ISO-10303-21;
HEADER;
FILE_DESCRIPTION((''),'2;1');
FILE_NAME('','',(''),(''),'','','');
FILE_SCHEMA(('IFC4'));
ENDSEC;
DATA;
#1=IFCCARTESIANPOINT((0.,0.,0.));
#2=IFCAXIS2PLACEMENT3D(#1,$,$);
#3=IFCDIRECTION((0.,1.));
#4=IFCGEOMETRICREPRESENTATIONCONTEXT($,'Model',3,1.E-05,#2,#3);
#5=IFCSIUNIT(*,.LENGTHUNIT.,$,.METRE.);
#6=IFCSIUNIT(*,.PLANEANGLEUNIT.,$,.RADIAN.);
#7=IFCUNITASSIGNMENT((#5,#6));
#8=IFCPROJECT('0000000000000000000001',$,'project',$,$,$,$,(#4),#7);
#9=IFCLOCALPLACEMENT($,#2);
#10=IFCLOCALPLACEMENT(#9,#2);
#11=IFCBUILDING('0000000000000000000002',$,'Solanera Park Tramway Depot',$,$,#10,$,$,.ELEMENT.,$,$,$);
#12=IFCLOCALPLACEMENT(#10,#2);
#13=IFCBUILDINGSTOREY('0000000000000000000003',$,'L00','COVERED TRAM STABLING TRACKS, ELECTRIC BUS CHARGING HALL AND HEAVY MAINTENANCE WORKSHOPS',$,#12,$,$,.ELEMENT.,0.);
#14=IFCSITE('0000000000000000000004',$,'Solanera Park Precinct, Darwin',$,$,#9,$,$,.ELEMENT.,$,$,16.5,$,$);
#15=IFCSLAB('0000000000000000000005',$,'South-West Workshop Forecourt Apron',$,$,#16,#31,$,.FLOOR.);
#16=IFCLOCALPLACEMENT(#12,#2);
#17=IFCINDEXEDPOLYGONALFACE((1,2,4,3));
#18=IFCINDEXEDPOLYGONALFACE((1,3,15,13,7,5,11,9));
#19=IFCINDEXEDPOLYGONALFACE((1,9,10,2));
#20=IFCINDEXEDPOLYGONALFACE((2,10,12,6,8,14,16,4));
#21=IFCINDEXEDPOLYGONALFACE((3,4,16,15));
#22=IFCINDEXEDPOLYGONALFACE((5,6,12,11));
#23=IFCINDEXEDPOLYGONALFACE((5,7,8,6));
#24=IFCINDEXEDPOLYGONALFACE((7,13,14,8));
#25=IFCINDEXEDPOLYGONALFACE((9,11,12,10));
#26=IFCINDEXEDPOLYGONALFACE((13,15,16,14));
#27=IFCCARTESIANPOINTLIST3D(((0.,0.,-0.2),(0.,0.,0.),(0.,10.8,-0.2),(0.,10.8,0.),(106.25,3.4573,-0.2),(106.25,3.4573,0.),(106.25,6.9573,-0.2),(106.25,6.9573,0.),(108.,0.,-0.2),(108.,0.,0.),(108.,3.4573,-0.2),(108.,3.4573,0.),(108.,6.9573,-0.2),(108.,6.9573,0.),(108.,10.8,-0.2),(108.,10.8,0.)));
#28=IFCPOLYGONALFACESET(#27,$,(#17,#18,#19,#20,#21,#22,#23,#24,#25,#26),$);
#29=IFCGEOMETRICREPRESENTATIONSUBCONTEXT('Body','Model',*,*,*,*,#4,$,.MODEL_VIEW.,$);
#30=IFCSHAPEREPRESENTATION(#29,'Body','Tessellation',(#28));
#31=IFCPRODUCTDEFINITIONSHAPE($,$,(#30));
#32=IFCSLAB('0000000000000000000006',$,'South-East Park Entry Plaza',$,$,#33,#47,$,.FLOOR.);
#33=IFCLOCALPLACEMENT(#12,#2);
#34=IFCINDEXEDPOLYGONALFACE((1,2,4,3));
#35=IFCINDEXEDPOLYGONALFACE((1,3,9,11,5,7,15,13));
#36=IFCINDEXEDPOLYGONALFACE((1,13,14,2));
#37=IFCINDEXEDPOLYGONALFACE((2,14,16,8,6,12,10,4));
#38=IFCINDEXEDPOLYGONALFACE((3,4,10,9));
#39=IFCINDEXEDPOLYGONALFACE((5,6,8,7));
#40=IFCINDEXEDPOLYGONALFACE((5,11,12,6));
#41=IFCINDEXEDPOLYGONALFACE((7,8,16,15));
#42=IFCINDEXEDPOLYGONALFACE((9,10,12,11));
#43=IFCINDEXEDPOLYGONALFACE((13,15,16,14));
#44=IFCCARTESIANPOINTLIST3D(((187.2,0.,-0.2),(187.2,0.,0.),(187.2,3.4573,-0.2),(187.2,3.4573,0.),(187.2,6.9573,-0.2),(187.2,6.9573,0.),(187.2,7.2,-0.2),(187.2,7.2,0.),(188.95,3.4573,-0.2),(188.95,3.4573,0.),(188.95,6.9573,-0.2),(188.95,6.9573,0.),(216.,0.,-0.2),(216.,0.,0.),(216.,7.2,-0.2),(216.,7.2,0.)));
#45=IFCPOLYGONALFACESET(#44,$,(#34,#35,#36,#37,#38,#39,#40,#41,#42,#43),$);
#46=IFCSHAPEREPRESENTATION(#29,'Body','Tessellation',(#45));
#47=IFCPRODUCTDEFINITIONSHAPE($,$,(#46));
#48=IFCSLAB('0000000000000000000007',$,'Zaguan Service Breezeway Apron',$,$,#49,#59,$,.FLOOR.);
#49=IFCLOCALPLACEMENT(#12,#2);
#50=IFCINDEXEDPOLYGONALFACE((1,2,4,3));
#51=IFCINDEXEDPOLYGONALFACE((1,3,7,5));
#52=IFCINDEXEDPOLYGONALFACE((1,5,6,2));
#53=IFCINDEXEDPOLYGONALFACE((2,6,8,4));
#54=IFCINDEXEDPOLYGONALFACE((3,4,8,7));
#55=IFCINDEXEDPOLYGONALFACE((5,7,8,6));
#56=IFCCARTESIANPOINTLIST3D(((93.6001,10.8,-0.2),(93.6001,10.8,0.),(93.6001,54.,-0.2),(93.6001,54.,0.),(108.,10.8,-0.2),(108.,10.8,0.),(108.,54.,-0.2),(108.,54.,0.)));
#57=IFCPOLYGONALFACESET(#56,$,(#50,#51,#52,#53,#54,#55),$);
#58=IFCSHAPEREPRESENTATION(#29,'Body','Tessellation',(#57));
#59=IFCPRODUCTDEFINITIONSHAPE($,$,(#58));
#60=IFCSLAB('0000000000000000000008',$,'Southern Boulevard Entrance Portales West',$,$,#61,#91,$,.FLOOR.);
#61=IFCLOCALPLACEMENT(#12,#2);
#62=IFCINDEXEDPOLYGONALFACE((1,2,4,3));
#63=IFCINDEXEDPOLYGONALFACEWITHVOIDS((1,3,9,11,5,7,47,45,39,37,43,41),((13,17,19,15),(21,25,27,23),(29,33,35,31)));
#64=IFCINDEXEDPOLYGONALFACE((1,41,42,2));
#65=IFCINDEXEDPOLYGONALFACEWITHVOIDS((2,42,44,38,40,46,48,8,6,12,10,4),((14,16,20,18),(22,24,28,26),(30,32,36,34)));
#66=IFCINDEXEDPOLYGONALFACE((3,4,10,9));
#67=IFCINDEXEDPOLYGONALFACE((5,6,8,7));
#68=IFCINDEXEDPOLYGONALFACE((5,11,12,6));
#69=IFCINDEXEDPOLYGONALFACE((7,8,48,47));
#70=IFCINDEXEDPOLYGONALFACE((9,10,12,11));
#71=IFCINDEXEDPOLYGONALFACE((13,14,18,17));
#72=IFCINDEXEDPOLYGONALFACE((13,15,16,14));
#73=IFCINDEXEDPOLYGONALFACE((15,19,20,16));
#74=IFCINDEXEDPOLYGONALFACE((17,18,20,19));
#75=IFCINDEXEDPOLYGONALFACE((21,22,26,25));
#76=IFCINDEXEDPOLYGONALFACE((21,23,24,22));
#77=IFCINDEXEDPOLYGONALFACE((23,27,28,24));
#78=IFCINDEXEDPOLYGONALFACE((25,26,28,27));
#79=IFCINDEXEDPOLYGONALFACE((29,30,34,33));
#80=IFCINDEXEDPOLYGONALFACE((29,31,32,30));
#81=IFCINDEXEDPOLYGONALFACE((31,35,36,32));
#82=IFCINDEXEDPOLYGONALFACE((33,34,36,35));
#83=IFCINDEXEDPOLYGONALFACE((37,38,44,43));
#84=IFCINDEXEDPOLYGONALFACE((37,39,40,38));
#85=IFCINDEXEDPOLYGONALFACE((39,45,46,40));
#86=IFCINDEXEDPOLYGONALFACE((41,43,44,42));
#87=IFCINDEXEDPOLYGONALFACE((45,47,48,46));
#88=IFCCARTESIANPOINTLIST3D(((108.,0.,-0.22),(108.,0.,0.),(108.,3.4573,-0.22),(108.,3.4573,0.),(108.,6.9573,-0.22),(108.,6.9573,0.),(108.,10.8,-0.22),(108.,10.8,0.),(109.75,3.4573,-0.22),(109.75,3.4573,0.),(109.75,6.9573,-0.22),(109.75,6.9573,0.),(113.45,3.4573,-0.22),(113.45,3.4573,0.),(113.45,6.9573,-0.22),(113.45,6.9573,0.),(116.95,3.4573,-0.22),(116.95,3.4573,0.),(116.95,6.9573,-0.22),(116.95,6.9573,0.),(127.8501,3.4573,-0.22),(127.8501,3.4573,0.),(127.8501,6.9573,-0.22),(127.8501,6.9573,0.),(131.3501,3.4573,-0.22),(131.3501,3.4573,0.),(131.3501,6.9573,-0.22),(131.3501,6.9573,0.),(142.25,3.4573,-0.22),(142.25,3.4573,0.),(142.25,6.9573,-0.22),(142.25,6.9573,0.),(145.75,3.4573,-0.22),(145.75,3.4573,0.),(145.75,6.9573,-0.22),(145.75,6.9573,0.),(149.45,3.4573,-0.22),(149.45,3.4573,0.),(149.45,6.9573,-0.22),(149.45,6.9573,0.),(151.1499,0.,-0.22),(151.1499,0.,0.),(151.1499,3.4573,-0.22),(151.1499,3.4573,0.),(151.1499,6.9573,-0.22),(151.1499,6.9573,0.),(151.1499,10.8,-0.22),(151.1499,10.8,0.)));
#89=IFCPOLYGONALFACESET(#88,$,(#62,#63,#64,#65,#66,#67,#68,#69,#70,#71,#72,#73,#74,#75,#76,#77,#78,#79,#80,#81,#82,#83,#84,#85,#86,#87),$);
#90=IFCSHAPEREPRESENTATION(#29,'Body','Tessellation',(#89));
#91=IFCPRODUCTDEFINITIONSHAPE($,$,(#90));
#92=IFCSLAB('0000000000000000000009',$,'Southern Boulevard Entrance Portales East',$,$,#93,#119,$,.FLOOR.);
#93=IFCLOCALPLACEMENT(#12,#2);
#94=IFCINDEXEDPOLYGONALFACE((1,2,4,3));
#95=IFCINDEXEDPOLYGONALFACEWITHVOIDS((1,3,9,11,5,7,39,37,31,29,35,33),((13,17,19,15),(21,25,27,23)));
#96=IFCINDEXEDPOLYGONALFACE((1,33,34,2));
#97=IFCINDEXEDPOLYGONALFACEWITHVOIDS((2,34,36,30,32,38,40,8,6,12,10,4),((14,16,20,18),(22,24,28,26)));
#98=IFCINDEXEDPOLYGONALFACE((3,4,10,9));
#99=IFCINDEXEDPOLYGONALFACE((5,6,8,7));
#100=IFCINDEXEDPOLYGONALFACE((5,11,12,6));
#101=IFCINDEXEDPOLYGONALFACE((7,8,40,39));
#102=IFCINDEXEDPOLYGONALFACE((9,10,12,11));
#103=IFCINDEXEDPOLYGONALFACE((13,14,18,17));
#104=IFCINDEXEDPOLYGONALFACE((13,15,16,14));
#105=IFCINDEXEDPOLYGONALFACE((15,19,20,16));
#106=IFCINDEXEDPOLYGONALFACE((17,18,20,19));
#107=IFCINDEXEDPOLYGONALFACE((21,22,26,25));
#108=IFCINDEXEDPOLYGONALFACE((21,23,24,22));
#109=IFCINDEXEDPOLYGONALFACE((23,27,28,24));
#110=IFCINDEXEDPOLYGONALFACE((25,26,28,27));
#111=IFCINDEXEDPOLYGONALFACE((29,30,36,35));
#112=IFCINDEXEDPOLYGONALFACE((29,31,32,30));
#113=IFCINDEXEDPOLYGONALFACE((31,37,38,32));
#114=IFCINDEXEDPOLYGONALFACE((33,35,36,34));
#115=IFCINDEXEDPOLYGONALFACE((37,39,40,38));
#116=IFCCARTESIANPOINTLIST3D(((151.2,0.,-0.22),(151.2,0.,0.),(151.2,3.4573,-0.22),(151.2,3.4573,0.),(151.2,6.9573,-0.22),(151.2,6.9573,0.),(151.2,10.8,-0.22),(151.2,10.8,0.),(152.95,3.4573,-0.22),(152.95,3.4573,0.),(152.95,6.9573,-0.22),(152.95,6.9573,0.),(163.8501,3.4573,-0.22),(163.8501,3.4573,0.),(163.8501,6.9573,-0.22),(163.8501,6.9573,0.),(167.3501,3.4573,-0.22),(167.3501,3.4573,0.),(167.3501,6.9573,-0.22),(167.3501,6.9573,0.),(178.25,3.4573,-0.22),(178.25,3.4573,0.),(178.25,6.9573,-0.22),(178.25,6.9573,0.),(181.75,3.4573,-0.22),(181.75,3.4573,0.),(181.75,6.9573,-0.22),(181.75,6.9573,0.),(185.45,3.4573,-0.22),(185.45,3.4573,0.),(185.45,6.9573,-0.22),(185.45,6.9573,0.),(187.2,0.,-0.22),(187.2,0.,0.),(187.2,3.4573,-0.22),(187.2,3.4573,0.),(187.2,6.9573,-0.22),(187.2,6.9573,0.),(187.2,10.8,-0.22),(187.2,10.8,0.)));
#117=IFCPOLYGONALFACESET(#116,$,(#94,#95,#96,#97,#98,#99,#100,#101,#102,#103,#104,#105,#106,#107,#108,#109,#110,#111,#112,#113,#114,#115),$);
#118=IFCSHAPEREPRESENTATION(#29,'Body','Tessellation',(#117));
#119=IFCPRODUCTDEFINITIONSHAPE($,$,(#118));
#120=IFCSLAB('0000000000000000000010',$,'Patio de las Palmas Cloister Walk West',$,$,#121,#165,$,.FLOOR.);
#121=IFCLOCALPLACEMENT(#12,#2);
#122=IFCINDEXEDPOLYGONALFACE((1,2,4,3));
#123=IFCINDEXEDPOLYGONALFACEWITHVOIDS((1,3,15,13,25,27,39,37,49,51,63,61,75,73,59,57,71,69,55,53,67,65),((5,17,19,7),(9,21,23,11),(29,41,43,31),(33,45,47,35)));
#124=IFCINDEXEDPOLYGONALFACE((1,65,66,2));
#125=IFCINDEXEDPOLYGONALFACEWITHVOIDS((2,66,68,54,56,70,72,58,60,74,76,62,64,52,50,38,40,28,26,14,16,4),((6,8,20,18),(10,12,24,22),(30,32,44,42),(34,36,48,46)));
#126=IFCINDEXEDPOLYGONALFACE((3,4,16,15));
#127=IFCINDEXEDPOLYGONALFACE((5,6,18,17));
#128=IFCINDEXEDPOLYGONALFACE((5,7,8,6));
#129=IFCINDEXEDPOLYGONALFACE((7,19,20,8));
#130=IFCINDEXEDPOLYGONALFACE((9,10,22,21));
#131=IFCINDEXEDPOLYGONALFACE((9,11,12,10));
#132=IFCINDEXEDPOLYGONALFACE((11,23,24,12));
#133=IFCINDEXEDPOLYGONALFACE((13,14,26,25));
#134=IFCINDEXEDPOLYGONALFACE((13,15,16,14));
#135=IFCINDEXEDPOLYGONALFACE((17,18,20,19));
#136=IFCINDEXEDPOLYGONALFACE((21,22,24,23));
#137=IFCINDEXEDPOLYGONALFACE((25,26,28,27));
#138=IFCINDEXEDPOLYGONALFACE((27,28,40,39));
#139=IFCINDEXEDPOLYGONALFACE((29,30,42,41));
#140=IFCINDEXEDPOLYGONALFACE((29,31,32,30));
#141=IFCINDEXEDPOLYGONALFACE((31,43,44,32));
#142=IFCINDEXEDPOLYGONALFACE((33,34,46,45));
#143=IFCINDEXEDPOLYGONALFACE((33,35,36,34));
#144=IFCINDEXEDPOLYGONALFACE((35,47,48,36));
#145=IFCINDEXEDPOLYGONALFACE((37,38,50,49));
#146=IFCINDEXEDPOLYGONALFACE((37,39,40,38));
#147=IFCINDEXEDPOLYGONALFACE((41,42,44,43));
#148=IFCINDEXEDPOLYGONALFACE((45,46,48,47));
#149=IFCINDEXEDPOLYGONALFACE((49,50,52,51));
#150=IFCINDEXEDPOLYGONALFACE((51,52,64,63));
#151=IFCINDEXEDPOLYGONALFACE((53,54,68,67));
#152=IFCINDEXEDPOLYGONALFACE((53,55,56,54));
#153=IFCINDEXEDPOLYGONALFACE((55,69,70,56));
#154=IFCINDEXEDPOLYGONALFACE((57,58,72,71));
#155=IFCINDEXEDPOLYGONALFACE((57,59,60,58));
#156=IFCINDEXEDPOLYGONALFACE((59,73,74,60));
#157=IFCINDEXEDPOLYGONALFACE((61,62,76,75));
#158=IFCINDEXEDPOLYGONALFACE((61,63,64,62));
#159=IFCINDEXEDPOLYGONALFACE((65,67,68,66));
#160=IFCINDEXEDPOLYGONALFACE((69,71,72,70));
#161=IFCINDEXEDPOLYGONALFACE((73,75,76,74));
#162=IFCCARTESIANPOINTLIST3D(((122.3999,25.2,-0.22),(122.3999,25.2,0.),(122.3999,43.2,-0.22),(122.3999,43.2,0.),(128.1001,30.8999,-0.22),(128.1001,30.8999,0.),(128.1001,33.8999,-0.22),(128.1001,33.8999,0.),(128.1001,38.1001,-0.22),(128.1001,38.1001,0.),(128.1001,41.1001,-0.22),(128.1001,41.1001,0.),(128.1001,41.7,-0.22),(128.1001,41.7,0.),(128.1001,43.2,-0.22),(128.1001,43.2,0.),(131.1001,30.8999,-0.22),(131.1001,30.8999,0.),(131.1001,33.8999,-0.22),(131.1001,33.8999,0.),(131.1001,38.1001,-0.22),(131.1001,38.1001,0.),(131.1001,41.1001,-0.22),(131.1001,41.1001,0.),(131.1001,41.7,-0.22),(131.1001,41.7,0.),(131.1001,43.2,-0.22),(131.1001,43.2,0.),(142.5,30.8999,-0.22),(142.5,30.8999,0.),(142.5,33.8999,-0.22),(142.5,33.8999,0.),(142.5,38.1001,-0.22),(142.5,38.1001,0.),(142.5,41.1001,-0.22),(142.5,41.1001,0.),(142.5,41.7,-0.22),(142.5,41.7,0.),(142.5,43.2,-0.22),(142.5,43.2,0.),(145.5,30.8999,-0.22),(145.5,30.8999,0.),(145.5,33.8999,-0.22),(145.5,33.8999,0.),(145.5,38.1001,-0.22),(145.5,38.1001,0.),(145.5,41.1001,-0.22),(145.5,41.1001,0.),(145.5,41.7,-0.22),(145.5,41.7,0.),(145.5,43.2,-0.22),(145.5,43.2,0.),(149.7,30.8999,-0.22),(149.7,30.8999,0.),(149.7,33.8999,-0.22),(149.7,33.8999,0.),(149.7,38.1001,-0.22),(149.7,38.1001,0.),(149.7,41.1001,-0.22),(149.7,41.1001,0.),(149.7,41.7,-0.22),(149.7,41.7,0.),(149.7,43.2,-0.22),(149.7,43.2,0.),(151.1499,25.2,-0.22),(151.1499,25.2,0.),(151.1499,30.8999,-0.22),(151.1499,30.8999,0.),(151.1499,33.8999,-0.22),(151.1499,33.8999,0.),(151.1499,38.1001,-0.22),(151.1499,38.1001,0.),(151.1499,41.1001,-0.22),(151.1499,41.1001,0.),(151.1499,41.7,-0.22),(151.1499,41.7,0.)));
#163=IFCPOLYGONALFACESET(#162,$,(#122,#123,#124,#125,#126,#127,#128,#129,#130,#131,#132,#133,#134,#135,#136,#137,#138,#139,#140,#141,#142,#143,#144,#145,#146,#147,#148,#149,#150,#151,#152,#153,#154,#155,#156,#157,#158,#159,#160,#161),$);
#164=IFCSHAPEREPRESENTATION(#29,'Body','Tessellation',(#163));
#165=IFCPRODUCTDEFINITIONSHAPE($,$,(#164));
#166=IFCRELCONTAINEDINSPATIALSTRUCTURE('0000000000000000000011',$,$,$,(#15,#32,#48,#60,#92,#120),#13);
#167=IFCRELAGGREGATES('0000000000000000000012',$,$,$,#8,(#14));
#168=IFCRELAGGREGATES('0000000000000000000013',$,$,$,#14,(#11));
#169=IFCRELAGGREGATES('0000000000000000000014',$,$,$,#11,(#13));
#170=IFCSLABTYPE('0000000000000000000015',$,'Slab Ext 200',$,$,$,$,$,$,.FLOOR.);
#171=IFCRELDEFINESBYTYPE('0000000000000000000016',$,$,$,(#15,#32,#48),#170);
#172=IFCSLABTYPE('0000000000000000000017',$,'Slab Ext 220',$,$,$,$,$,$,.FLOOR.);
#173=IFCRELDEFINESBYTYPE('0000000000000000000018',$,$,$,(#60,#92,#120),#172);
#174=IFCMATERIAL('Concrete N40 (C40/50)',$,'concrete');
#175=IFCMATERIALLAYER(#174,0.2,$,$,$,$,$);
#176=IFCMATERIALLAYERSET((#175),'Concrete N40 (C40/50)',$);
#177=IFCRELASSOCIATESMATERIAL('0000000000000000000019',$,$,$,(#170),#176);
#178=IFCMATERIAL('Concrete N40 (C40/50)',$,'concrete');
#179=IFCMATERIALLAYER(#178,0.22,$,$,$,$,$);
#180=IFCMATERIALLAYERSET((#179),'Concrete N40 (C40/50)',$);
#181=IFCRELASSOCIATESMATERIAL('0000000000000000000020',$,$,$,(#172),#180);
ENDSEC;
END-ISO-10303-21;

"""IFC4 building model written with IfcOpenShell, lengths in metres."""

from ifc_helpers import new_model, si_unit, direction, frame, origin, place, context, subcontext, project, spatial, polyline, outline, extrude, material, layer, layer_set, type_object, element, save


model = new_model("IFC4")

# Units and contexts
model_context = context("Model", 3, precision=1e-05, world=origin(), true_north=direction((0.0, 1.0)))
body_context = subcontext(model_context, "Body", "Model", "MODEL_VIEW")
ifc_project = project(units=[si_unit("LENGTHUNIT", "METRE"), si_unit("PLANEANGLEUNIT", "RADIAN")], contexts=[model_context])

# Site, building, storey
site_placement = place(None, origin())
site = spatial("IfcSite", under=ifc_project, at=site_placement, Name="Solanera Park Precinct, Darwin", CompositionType="ELEMENT", RefElevation=16.5)
building_placement = place(site_placement, origin())
building = spatial("IfcBuilding", under=site, at=building_placement, Name="Solanera Park Tramway Depot", CompositionType="ELEMENT")
storey_placement = place(building_placement, origin())
storey = spatial("IfcBuildingStorey", under=building, at=storey_placement, Name="L00", Description="COVERED TRAM STABLING TRACKS, ELECTRIC BUS CHARGING HALL AND HEAVY MAINTENANCE WORKSHOPS", CompositionType="ELEMENT", Elevation=0.0)

# Slabs
ifc_material_1 = material(Name="Concrete N40 (C40/50)", Category="concrete")
ifc_layer_1 = layer(ifc_material_1, 0.2)
ifc_layer_set_1 = layer_set([ifc_layer_1], Name="Concrete N40 (C40/50)")
slab_type_1 = type_object("IfcSlabType", Name="Slab Ext 200", PredefinedType="FLOOR", material=ifc_layer_set_1)
slab_1_placement = place(storey_placement, frame((0.0, 0.0, -0.2)))
element("IfcSlab", 1, at=slab_1_placement, inside=storey, type_object=slab_type_1, Name="South-West Workshop Forecourt Apron", PredefinedType="FLOOR", context=body_context, shape_type="SweptSolid", body=[
    extrude(outline(polyline([(108.0, 0.0), (0.0, 0.0), (0.0, 10.8), (108.0, 10.8), (108.0, 6.9573), (106.25, 6.9573), (106.25, 3.4573), (108.0, 3.4573), (108.0, 0.0)])), origin(), (0.0, 0.0, 1.0), 0.2),
])
slab_2_placement = place(storey_placement, frame((0.0, 0.0, -0.2)))
element("IfcSlab", 2, at=slab_2_placement, inside=storey, type_object=slab_type_1, Name="South-East Park Entry Plaza", PredefinedType="FLOOR", context=body_context, shape_type="SweptSolid", body=[
    extrude(outline(polyline([(187.2, 7.2), (216.0, 7.2), (216.0, 0.0), (187.2, 0.0), (187.2, 3.4573), (188.95, 3.4573), (188.95, 6.9573), (187.2, 6.9573), (187.2, 7.2)])), origin(), (0.0, 0.0, 1.0), 0.2),
])
slab_3_placement = place(storey_placement, frame((0.0, 0.0, -0.2)))
element("IfcSlab", 3, at=slab_3_placement, inside=storey, type_object=slab_type_1, Name="Zaguan Service Breezeway Apron", PredefinedType="FLOOR", context=body_context, shape_type="SweptSolid", body=[
    extrude(outline(polyline([(108.0, 10.8), (108.0, 54.0), (93.6001, 54.0), (93.6001, 10.8), (108.0, 10.8)])), origin(), (0.0, 0.0, 1.0), 0.2),
])
ifc_material_2 = material(Name="Concrete N40 (C40/50)", Category="concrete")
ifc_layer_2 = layer(ifc_material_2, 0.22)
ifc_layer_set_2 = layer_set([ifc_layer_2], Name="Concrete N40 (C40/50)")
slab_type_2 = type_object("IfcSlabType", Name="Slab Ext 220", PredefinedType="FLOOR", material=ifc_layer_set_2)
slab_4_placement = place(storey_placement, frame((0.0, 0.0, -0.22)))
element("IfcSlab", 4, at=slab_4_placement, inside=storey, type_object=slab_type_2, Name="Southern Boulevard Entrance Portales West", PredefinedType="FLOOR", context=body_context, shape_type="SweptSolid", body=[
    extrude(outline(polyline([(149.45, 6.9573), (149.45, 3.4573), (151.1499, 3.4573), (151.1499, 0.0), (108.0, 0.0), (108.0, 3.4573), (109.75, 3.4573), (109.75, 6.9573), (108.0, 6.9573), (108.0, 10.8), (151.1499, 10.8), (151.1499, 6.9573), (149.45, 6.9573)]), holes=[polyline([(116.95, 6.9573), (113.45, 6.9573), (113.45, 3.4573), (116.95, 3.4573), (116.95, 6.9573)]), polyline([(131.3501, 3.4573), (131.3501, 6.9573), (127.8501, 6.9573), (127.8501, 3.4573), (131.3501, 3.4573)]), polyline([(142.25, 3.4573), (145.75, 3.4573), (145.75, 6.9573), (142.25, 6.9573), (142.25, 3.4573)])]), origin(), (0.0, 0.0, 1.0), 0.22),
])
slab_5_placement = place(storey_placement, frame((0.0, 0.0, -0.22)))
element("IfcSlab", 5, at=slab_5_placement, inside=storey, type_object=slab_type_2, Name="Southern Boulevard Entrance Portales East", PredefinedType="FLOOR", context=body_context, shape_type="SweptSolid", body=[
    extrude(outline(polyline([(151.2, 0.0), (151.2, 3.4573), (152.95, 3.4573), (152.95, 6.9573), (151.2, 6.9573), (151.2, 10.8), (187.2, 10.8), (187.2, 6.9573), (185.45, 6.9573), (185.45, 3.4573), (187.2, 3.4573), (187.2, 0.0), (151.2, 0.0)]), holes=[polyline([(163.8501, 3.4573), (167.3501, 3.4573), (167.3501, 6.9573), (163.8501, 6.9573), (163.8501, 3.4573)]), polyline([(178.25, 6.9573), (178.25, 3.4573), (181.75, 3.4573), (181.75, 6.9573), (178.25, 6.9573)])]), origin(), (0.0, 0.0, 1.0), 0.22),
])
slab_6_placement = place(storey_placement, frame((0.0, 0.0, -0.22)))
element("IfcSlab", 6, at=slab_6_placement, inside=storey, type_object=slab_type_2, Name="Patio de las Palmas Cloister Walk West", PredefinedType="FLOOR", context=body_context, shape_type="SweptSolid", body=[
    extrude(outline(polyline([(145.5, 41.7), (145.5, 43.2), (149.7, 43.2), (149.7, 41.7), (151.1499, 41.7), (151.1499, 41.1001), (149.7, 41.1001), (149.7, 38.1001), (151.1499, 38.1001), (151.1499, 33.8999), (149.7, 33.8999), (149.7, 30.8999), (151.1499, 30.8999), (151.1499, 25.2), (122.3999, 25.2), (122.3999, 43.2), (128.1001, 43.2), (128.1001, 41.7), (131.1001, 41.7), (131.1001, 43.2), (142.5, 43.2), (142.5, 41.7), (145.5, 41.7)]), holes=[polyline([(131.1001, 33.8999), (128.1001, 33.8999), (128.1001, 30.8999), (131.1001, 30.8999), (131.1001, 33.8999)]), polyline([(131.1001, 38.1001), (131.1001, 41.1001), (128.1001, 41.1001), (128.1001, 38.1001), (131.1001, 38.1001)]), polyline([(142.5, 33.8999), (142.5, 30.8999), (145.5, 30.8999), (145.5, 33.8999), (142.5, 33.8999)]), polyline([(145.5, 41.1001), (142.5, 41.1001), (142.5, 38.1001), (145.5, 38.1001), (145.5, 41.1001)])]), origin(), (0.0, 0.0, 1.0), 0.22),
])

save(model, "model.ifc")
